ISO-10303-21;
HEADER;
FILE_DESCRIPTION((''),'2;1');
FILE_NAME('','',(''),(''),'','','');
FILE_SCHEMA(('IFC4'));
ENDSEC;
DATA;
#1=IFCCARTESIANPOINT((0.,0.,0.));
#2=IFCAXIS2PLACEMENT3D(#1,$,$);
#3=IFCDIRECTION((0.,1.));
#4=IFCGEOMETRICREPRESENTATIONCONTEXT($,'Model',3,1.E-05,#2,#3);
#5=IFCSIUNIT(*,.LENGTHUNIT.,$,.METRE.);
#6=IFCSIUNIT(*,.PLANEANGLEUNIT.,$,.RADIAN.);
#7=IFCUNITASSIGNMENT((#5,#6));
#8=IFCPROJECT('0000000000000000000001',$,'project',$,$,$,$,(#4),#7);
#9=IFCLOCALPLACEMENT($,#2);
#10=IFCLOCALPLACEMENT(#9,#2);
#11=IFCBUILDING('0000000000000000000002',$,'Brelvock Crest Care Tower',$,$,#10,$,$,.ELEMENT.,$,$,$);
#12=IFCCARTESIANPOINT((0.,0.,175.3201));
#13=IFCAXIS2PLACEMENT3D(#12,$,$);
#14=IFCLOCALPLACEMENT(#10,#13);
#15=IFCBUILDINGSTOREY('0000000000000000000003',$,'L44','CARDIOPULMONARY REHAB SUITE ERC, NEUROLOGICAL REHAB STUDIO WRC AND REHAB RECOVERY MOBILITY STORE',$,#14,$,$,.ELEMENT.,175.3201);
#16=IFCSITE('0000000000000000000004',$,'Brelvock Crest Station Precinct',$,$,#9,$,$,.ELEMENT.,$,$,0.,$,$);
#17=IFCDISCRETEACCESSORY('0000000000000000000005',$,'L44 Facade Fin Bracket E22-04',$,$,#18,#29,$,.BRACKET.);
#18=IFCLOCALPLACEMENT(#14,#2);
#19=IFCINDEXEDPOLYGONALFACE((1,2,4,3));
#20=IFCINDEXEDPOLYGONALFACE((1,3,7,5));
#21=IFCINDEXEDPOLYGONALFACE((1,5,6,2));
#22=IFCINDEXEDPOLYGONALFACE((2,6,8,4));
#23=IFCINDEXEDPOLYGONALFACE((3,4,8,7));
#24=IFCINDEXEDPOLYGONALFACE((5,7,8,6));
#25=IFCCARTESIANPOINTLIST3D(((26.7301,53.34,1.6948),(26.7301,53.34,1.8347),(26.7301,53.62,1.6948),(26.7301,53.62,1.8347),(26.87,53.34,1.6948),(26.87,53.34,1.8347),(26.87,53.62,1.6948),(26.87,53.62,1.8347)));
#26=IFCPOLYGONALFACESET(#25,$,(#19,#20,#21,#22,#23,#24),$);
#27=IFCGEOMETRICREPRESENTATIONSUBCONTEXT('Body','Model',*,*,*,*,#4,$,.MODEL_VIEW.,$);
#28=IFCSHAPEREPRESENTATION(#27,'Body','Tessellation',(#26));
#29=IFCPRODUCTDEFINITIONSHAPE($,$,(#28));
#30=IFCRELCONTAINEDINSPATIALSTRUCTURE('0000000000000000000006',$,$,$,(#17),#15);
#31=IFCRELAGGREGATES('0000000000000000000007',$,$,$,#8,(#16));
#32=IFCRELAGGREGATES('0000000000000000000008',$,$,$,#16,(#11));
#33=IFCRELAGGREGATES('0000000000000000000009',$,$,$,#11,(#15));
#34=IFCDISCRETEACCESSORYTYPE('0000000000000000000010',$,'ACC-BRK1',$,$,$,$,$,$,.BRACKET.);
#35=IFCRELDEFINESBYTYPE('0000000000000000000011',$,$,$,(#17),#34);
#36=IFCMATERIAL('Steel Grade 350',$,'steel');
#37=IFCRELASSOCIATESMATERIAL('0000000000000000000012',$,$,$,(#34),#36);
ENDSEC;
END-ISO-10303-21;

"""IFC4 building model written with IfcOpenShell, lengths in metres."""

from ifc_helpers import new_model, si_unit, direction, frame, origin, origin_2d, place, context, subcontext, project, spatial, rectangle, extrude, source, transform, mapped, material, type_object, element, save


model = new_model("IFC4")

# Units and contexts
model_context = context("Model", 3, precision=1e-05, world=origin(), true_north=direction((0.0, 1.0)))
body_context = subcontext(model_context, "Body", "Model", "MODEL_VIEW")
ifc_project = project(units=[si_unit("LENGTHUNIT", "METRE"), si_unit("PLANEANGLEUNIT", "RADIAN")], contexts=[model_context])

# Site, building, storey
site_placement = place(None, origin())
site = spatial("IfcSite", under=ifc_project, at=site_placement, Name="Brelvock Crest Station Precinct", CompositionType="ELEMENT", RefElevation=0.0)
building_placement = place(site_placement, origin())
building = spatial("IfcBuilding", under=site, at=building_placement, Name="Brelvock Crest Care Tower", CompositionType="ELEMENT")
storey_placement = place(building_placement, frame((0.0, 0.0, 175.3201)))
storey = spatial("IfcBuildingStorey", under=building, at=storey_placement, Name="L44", Description="CARDIOPULMONARY REHAB SUITE ERC, NEUROLOGICAL REHAB STUDIO WRC AND REHAB RECOVERY MOBILITY STORE", CompositionType="ELEMENT", Elevation=175.3201)

# Shared definitions
ifc_material_1 = material(Name="Steel Grade 350", Category="steel")

# Discrete accessory
discrete_accessory_type = type_object("IfcDiscreteAccessoryType", Name="ACC-BRK1", PredefinedType="BRACKET", material=ifc_material_1)
shared_shape_1 = source(origin(), body_context, "Body", "SweptSolid", [
    extrude(rectangle(XDim=0.28, YDim=0.1399, at=origin_2d()), origin(), (0.0, 0.0, 1.0), 0.1399),
])
for number, where, z_axis, x_axis, name in (
    (1, (26.8, 53.48, 1.6948), (0.0, 0.0, 1.0), (0.0, 1.0, 0.0), "L44 Facade Fin Bracket E22-04"),
):
    element("IfcDiscreteAccessory", number, at=place(storey_placement, frame(where, z_axis=z_axis, x_axis=x_axis)), inside=storey, type_object=discrete_accessory_type, Name=name, PredefinedType="BRACKET", context=body_context, shape_type="MappedRepresentation", body=[
        mapped(shared_shape_1, transform((0.0, 0.0, 0.0), x_axis=(1.0, 0.0, 0.0), y_axis=(0.0, 1.0, 0.0), z_axis=(0.0, 0.0, 1.0), scale=1.0)),
    ])

save(model, "model.ifc")
